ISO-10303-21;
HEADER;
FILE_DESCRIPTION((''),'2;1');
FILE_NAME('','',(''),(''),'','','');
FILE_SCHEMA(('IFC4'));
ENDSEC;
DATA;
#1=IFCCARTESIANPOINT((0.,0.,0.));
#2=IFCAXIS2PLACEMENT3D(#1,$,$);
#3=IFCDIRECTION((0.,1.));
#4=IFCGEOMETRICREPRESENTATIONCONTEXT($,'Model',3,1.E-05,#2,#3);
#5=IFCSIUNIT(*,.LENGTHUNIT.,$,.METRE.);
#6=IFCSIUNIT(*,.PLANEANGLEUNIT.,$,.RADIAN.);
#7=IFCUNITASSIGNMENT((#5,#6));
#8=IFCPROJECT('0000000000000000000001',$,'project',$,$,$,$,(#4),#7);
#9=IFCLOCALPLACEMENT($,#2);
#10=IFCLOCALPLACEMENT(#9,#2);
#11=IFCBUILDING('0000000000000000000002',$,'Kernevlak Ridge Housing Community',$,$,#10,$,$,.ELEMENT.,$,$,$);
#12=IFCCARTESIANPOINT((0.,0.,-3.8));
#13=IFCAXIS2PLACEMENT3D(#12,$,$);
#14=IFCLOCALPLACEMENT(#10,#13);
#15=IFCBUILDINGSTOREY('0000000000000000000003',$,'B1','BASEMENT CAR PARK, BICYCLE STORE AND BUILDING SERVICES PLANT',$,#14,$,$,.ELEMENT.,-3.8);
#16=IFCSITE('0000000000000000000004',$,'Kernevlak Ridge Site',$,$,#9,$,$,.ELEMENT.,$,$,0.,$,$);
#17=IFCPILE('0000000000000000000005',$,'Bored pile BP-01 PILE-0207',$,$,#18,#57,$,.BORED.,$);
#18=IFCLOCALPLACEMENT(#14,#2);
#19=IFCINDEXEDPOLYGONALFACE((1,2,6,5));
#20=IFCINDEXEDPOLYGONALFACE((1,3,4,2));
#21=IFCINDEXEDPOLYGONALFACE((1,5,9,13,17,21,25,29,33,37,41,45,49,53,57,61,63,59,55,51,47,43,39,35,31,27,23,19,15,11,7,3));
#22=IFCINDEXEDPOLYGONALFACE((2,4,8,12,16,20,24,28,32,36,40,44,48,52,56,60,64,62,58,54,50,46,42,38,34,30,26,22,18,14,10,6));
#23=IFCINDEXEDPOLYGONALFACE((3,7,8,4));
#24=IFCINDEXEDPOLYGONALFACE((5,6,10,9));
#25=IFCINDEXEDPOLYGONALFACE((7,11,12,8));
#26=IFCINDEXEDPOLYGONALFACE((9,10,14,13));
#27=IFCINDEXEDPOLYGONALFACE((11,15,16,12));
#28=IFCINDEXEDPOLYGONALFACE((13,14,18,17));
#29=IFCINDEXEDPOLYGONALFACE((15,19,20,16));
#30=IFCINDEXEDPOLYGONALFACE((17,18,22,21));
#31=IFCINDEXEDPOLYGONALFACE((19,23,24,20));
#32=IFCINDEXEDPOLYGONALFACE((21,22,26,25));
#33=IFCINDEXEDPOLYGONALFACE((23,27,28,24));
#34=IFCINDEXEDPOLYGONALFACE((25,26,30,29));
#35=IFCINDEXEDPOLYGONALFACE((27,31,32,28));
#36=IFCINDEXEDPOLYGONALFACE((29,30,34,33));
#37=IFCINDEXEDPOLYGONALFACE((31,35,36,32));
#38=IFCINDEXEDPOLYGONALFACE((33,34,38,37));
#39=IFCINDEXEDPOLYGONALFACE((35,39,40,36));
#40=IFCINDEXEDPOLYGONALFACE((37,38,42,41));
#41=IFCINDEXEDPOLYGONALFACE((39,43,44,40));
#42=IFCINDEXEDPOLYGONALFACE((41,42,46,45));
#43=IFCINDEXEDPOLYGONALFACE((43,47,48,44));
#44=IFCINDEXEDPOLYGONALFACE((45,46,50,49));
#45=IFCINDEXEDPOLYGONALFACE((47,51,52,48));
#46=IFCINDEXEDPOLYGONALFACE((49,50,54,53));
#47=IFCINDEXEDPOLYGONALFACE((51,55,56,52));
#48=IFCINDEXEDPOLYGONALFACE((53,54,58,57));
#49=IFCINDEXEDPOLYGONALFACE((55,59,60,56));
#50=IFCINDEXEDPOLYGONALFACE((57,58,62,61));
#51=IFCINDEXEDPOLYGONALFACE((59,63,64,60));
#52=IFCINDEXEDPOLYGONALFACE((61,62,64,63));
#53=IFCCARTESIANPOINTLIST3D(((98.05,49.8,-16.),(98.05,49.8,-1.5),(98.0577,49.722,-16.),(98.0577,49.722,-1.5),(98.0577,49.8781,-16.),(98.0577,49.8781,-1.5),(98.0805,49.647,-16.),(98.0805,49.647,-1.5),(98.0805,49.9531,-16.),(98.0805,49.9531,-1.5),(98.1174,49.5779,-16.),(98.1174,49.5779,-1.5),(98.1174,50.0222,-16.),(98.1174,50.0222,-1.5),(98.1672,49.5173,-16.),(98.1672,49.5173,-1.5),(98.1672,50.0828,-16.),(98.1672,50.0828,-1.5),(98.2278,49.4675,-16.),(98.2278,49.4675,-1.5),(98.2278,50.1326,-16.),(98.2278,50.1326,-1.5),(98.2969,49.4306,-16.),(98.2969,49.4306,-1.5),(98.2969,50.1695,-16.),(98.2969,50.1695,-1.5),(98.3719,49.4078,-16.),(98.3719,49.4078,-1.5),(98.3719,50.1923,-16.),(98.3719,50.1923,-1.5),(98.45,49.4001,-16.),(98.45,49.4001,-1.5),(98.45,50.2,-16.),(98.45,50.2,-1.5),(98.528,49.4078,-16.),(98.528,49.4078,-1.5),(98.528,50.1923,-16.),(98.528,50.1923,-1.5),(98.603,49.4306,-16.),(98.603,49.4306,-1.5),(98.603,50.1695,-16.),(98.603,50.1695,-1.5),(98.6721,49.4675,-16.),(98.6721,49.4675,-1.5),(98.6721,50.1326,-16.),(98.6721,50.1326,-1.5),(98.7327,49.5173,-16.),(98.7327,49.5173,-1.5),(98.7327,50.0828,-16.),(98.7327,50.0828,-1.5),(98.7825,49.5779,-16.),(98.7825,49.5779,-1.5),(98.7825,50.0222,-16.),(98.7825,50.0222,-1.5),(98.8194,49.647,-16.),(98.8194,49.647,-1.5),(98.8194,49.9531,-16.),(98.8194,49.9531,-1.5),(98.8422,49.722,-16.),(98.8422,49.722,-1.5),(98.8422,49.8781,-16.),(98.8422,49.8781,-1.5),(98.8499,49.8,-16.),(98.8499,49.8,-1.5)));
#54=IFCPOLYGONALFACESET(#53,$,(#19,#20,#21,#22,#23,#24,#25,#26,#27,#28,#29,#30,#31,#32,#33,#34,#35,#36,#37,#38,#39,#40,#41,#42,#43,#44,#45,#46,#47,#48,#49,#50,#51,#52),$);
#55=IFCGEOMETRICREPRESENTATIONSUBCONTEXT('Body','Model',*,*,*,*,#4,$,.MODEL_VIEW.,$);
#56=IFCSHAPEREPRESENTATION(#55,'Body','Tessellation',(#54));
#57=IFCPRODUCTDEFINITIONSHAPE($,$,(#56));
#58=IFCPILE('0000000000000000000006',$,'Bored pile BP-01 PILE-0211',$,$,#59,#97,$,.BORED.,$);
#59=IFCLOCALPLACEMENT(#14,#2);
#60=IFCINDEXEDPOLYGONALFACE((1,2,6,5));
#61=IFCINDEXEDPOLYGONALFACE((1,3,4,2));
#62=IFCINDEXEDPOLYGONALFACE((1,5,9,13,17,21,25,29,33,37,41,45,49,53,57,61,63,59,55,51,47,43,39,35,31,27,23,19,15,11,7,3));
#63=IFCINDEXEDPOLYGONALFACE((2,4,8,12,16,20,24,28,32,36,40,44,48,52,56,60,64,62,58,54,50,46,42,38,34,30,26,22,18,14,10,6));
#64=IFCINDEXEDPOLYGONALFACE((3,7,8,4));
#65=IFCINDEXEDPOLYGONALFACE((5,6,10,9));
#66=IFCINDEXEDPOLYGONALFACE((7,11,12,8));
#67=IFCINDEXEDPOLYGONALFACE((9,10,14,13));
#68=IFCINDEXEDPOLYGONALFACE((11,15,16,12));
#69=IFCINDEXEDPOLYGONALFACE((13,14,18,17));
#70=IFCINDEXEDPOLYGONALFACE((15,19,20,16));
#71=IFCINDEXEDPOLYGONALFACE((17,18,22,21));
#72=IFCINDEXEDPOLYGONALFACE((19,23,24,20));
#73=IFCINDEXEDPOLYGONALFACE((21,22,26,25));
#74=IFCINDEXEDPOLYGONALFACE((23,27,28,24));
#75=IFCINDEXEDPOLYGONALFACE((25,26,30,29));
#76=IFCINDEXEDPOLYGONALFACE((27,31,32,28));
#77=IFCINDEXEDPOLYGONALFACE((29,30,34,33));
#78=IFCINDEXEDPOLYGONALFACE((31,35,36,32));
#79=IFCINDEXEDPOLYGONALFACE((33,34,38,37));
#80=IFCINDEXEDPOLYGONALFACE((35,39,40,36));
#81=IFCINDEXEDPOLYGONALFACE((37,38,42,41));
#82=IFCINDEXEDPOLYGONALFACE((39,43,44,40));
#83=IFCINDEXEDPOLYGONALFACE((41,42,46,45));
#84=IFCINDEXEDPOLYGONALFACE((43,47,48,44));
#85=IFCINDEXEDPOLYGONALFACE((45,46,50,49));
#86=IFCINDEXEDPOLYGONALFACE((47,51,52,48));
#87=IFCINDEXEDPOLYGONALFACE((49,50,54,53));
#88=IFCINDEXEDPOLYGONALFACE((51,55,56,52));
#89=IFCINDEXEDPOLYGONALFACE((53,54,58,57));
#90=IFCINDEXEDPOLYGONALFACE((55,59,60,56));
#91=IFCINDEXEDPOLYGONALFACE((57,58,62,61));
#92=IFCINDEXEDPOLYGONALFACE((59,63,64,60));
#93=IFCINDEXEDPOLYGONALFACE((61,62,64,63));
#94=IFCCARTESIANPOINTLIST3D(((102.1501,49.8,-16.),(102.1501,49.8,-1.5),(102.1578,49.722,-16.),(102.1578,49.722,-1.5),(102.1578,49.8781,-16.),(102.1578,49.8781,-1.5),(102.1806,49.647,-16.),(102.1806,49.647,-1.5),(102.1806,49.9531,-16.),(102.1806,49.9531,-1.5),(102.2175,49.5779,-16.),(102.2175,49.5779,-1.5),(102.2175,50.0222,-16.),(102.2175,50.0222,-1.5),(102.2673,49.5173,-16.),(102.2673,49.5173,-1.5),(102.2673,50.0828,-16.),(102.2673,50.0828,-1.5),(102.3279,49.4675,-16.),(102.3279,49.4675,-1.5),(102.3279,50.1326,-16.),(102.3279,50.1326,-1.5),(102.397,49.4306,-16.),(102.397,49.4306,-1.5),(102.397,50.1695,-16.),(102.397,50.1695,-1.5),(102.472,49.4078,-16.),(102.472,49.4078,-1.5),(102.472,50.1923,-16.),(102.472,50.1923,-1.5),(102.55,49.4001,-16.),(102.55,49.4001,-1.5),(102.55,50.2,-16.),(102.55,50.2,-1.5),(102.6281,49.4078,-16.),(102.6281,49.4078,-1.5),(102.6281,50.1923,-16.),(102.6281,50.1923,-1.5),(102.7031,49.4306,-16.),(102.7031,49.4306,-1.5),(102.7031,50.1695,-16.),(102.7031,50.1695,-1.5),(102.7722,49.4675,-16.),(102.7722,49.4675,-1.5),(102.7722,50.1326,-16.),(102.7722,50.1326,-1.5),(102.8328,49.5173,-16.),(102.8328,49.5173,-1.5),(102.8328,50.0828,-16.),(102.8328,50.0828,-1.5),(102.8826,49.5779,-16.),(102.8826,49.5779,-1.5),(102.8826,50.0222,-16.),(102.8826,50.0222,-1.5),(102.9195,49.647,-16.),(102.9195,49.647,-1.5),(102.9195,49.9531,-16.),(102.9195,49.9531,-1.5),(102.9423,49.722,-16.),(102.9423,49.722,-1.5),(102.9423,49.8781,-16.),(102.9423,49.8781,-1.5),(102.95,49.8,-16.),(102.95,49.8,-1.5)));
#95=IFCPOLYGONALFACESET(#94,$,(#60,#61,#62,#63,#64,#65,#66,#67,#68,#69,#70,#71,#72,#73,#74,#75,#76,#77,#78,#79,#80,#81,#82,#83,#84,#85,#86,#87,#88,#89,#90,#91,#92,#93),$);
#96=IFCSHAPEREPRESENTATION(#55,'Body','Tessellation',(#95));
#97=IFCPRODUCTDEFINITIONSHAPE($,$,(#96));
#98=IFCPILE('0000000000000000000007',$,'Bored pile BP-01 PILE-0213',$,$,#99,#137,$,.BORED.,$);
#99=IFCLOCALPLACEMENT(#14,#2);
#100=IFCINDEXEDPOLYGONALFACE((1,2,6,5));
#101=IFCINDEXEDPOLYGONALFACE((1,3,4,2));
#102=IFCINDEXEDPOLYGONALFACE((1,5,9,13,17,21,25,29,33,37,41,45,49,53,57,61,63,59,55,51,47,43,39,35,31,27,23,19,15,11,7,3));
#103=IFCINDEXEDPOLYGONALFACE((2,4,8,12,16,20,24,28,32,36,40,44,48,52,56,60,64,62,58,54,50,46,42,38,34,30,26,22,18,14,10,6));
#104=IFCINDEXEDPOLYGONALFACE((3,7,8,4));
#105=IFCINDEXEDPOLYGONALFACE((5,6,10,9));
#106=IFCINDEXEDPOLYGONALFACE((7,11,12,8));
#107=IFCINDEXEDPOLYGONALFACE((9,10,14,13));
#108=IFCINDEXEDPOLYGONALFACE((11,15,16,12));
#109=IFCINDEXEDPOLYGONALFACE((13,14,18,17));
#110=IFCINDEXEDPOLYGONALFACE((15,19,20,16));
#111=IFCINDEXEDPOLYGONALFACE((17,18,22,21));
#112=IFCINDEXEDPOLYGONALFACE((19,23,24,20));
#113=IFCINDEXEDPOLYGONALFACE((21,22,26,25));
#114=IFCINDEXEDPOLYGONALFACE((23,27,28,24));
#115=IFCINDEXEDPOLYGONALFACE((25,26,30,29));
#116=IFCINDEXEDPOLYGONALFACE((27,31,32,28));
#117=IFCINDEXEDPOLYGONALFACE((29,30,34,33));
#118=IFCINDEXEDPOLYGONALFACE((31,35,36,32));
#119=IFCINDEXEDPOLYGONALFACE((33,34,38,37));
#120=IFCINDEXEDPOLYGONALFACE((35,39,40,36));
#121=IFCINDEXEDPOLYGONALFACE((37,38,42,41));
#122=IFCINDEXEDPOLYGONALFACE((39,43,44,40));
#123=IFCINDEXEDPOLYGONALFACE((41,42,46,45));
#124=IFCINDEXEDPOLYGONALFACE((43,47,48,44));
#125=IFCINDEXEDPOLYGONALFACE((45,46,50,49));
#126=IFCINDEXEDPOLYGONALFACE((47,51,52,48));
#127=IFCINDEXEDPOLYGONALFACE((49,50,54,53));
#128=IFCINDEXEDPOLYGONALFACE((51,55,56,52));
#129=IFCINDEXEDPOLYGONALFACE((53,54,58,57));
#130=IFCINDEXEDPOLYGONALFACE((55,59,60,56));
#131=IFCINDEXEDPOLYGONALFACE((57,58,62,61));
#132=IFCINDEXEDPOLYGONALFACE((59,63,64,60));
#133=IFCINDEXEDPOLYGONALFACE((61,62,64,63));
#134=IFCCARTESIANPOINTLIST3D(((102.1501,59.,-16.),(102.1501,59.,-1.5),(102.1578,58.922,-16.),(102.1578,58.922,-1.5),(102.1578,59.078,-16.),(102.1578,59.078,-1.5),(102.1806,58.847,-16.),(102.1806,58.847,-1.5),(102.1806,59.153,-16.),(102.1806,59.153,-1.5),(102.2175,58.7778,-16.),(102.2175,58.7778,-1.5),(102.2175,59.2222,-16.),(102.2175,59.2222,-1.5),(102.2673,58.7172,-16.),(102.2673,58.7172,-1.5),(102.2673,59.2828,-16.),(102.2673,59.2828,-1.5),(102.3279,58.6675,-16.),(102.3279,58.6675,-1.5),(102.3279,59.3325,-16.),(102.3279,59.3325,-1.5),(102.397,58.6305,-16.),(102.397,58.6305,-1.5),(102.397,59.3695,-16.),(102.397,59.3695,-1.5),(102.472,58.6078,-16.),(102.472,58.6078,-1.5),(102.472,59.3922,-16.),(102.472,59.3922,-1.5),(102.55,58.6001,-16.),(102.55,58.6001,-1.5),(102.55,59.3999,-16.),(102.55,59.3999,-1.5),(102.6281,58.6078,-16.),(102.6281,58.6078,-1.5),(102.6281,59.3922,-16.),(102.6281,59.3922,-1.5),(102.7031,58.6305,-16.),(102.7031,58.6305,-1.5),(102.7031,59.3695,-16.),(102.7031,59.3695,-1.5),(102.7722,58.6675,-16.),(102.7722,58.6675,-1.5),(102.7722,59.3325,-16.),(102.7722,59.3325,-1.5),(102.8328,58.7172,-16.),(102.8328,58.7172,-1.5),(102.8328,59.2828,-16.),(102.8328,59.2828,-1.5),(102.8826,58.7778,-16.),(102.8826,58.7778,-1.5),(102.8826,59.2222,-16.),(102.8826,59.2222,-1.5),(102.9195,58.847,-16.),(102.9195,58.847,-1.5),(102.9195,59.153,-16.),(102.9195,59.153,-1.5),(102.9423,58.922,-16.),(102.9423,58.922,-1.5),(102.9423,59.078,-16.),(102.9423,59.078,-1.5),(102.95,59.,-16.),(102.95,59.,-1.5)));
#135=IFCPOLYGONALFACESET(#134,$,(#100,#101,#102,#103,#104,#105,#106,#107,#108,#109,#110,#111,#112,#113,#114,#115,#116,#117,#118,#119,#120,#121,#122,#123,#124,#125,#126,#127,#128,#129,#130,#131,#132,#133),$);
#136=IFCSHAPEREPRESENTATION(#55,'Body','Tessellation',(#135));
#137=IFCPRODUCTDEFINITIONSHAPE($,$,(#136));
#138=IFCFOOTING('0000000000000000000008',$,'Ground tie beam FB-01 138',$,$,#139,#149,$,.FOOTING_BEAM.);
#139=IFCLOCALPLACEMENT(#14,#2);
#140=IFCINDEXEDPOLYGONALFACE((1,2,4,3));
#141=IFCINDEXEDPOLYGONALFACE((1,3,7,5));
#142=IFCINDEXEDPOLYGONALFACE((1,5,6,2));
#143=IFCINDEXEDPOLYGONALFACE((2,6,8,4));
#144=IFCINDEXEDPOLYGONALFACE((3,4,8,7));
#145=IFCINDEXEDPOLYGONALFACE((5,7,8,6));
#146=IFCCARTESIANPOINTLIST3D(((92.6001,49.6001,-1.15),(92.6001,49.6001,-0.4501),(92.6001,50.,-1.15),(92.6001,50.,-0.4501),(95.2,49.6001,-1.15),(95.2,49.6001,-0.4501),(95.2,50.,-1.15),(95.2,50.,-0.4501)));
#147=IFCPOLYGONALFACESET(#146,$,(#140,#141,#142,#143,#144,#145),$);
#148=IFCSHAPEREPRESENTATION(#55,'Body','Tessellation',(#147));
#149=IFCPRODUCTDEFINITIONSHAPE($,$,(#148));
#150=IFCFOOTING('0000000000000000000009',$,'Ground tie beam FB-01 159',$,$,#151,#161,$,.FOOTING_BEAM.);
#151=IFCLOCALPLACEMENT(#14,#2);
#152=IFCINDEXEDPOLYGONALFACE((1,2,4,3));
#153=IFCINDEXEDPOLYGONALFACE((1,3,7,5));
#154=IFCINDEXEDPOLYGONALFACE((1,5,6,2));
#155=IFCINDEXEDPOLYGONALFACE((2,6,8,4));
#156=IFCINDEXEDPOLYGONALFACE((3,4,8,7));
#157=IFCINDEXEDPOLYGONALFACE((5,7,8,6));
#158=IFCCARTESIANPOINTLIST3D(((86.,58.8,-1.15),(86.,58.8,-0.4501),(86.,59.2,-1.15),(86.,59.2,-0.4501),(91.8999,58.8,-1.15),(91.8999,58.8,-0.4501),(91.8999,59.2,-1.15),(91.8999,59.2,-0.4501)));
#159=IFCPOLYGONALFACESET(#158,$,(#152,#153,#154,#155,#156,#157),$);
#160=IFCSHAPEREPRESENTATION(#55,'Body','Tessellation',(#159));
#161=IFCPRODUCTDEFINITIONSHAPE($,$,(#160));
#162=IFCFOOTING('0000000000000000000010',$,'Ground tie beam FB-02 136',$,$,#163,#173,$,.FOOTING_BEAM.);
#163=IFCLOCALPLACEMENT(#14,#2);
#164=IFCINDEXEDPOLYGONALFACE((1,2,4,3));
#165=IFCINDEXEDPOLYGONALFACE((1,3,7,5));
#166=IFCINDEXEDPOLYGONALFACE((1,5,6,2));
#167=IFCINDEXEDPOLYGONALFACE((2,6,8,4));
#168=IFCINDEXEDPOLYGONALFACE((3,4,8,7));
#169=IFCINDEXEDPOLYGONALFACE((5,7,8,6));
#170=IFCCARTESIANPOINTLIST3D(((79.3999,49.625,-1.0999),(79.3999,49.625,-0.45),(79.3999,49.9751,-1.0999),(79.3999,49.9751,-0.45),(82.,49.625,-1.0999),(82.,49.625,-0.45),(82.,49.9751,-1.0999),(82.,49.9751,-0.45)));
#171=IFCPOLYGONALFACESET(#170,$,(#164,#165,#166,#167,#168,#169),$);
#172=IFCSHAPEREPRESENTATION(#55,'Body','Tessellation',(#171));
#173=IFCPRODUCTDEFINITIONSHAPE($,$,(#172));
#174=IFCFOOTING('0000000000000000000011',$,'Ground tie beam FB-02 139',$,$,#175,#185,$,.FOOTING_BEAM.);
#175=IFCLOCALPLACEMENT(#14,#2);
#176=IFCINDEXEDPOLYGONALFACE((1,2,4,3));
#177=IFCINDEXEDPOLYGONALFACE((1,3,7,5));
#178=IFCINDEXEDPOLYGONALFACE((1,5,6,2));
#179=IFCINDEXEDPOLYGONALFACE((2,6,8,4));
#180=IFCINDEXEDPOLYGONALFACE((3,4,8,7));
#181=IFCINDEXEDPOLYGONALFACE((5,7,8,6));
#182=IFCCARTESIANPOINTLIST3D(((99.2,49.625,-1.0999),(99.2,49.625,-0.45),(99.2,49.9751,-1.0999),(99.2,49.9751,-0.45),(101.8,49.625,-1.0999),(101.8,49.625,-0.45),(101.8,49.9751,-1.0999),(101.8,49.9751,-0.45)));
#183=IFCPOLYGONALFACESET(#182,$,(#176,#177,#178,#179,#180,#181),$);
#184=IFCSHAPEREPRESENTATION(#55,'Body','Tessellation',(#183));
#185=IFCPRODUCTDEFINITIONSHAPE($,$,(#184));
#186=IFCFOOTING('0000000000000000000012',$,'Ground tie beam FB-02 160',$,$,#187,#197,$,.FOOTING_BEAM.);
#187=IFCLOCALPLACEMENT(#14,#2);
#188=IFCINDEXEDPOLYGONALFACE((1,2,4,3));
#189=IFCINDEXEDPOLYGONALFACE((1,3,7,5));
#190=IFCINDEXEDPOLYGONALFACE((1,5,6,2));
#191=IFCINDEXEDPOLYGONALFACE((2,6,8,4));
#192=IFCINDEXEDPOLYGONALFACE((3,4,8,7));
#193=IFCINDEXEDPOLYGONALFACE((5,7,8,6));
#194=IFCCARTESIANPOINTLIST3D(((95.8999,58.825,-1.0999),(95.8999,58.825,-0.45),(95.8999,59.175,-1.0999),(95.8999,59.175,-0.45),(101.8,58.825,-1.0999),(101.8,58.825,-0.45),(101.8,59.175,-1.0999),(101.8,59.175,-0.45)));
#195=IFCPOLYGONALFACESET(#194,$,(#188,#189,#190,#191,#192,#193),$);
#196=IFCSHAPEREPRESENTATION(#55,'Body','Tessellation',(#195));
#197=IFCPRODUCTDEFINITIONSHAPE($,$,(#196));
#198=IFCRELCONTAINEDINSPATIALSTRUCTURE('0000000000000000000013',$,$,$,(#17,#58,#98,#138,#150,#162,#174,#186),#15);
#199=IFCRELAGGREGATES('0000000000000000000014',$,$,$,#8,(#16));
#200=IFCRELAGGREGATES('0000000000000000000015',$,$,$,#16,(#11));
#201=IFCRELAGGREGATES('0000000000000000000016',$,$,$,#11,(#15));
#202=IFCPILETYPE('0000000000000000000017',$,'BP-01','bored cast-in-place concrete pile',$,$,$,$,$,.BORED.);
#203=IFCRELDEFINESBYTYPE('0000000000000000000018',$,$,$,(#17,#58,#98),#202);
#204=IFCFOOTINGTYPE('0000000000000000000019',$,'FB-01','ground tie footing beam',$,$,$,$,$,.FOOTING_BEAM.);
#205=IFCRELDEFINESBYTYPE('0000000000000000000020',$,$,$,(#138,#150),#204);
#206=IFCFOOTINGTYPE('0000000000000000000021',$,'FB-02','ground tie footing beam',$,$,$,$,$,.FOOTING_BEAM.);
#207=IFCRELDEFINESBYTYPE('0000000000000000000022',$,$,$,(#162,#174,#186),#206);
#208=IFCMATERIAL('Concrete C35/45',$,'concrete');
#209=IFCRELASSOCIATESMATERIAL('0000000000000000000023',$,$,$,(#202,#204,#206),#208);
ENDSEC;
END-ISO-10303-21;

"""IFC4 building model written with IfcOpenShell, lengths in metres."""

from ifc_helpers import new_model, si_unit, direction, frame, origin, origin_2d, place, context, subcontext, project, spatial, rectangle, circle, extrude, material, material_profile, profile_set, type_object, element, save


model = new_model("IFC4")

# Units and contexts
model_context = context("Model", 3, precision=1e-05, world=origin(), true_north=direction((0.0, 1.0)))
body_context = subcontext(model_context, "Body", "Model", "MODEL_VIEW")
ifc_project = project(units=[si_unit("LENGTHUNIT", "METRE"), si_unit("PLANEANGLEUNIT", "RADIAN")], contexts=[model_context])

# Site, building, storey
site_placement = place(None, origin())
site = spatial("IfcSite", under=ifc_project, at=site_placement, Name="Kernevlak Ridge Site", CompositionType="ELEMENT", RefElevation=0.0)
building_placement = place(site_placement, origin())
building = spatial("IfcBuilding", under=site, at=building_placement, Name="Kernevlak Ridge Housing Community", CompositionType="ELEMENT")
storey_placement = place(building_placement, frame((0.0, 0.0, -3.8)))
storey = spatial("IfcBuildingStorey", under=building, at=storey_placement, Name="B1", Description="BASEMENT CAR PARK, BICYCLE STORE AND BUILDING SERVICES PLANT", CompositionType="ELEMENT", Elevation=-3.8)

# Piles
ifc_material_1 = material(Name="Concrete C35/45", Category="concrete")
ifc_material_profile_1 = material_profile(ifc_material_1, circle(Radius=0.3999, at=origin_2d()), Name="BORED PILE 800")
ifc_profile_set_1 = profile_set([ifc_material_profile_1], Name="Concrete C35/45")
pile_type = type_object("IfcPileType", Name="BP-01", Description="bored cast-in-place concrete pile", PredefinedType="BORED", material=ifc_profile_set_1)
for number, where, z_axis, x_axis, name in (
    (1, (98.45, 49.8, -1.5), (0.0, 0.0, -1.0), (1.0, 0.0, 0.0), "Bored pile BP-01 PILE-0207"),
    (2, (102.55, 49.8, -1.5), (0.0, 0.0, -1.0), (1.0, 0.0, 0.0), "Bored pile BP-01 PILE-0211"),
    (3, (102.55, 59.0, -1.5), (0.0, 0.0, -1.0), (1.0, 0.0, 0.0), "Bored pile BP-01 PILE-0213"),
):
    element("IfcPile", number, at=place(storey_placement, frame(where, z_axis=z_axis, x_axis=x_axis)), inside=storey, type_object=pile_type, Name=name, PredefinedType="BORED", context=body_context, shape_type="SweptSolid", body=[
        extrude(circle(Radius=0.3999, at=origin_2d()), origin(), (0.0, 0.0, 1.0), 14.5),
    ])

# Footings
ifc_material_profile_2 = material_profile(ifc_material_1, rectangle(XDim=0.3999, YDim=0.7, at=origin_2d()), Name="RC 400x700")
ifc_profile_set_2 = profile_set([ifc_material_profile_2], Name="Concrete C35/45")
footing_type_1 = type_object("IfcFootingType", Name="FB-01", Description="ground tie footing beam", PredefinedType="FOOTING_BEAM", material=ifc_profile_set_2)
footing_1_placement = place(storey_placement, frame((92.6001, 49.8, -0.8), z_axis=(1.0, 0.0, 0.0), x_axis=(0.0, 1.0, 0.0)))
element("IfcFooting", 4, at=footing_1_placement, inside=storey, type_object=footing_type_1, Name="Ground tie beam FB-01 138", PredefinedType="FOOTING_BEAM", context=body_context, shape_type="SweptSolid", body=[
    extrude(rectangle(XDim=0.3999, YDim=0.7, at=origin_2d()), origin(), (0.0, 0.0, 1.0), 2.5999),
])
footing_2_placement = place(storey_placement, frame((86.0, 59.0, -0.8), z_axis=(1.0, 0.0, 0.0), x_axis=(0.0, 1.0, 0.0)))
element("IfcFooting", 5, at=footing_2_placement, inside=storey, type_object=footing_type_1, Name="Ground tie beam FB-01 159", PredefinedType="FOOTING_BEAM", context=body_context, shape_type="SweptSolid", body=[
    extrude(rectangle(XDim=0.3999, YDim=0.7, at=origin_2d()), origin(), (0.0, 0.0, 1.0), 5.8999),
])
ifc_material_profile_3 = material_profile(ifc_material_1, rectangle(XDim=0.3501, YDim=0.6499, at=origin_2d()), Name="RC 350x650")
ifc_profile_set_3 = profile_set([ifc_material_profile_3], Name="Concrete C35/45")
footing_type_2 = type_object("IfcFootingType", Name="FB-02", Description="ground tie footing beam", PredefinedType="FOOTING_BEAM", material=ifc_profile_set_3)
for number, where, z_axis, x_axis, name in (
    (6, (79.3999, 49.8, -0.7749), (1.0, 0.0, 0.0), (0.0, 1.0, 0.0), "Ground tie beam FB-02 136"),
    (7, (99.2, 49.8, -0.7749), (1.0, 0.0, 0.0), (0.0, 1.0, 0.0), "Ground tie beam FB-02 139"),
):
    element("IfcFooting", number, at=place(storey_placement, frame(where, z_axis=z_axis, x_axis=x_axis)), inside=storey, type_object=footing_type_2, Name=name, PredefinedType="FOOTING_BEAM", context=body_context, shape_type="SweptSolid", body=[
        extrude(rectangle(XDim=0.3501, YDim=0.6499, at=origin_2d()), origin(), (0.0, 0.0, 1.0), 2.6001),
    ])
footing_3_placement = place(storey_placement, frame((95.8999, 59.0, -0.7749), z_axis=(1.0, 0.0, 0.0), x_axis=(0.0, 1.0, 0.0)))
element("IfcFooting", 8, at=footing_3_placement, inside=storey, type_object=footing_type_2, Name="Ground tie beam FB-02 160", PredefinedType="FOOTING_BEAM", context=body_context, shape_type="SweptSolid", body=[
    extrude(rectangle(XDim=0.3501, YDim=0.6499, at=origin_2d()), origin(), (0.0, 0.0, 1.0), 5.9001),
])

save(model, "model.ifc")
